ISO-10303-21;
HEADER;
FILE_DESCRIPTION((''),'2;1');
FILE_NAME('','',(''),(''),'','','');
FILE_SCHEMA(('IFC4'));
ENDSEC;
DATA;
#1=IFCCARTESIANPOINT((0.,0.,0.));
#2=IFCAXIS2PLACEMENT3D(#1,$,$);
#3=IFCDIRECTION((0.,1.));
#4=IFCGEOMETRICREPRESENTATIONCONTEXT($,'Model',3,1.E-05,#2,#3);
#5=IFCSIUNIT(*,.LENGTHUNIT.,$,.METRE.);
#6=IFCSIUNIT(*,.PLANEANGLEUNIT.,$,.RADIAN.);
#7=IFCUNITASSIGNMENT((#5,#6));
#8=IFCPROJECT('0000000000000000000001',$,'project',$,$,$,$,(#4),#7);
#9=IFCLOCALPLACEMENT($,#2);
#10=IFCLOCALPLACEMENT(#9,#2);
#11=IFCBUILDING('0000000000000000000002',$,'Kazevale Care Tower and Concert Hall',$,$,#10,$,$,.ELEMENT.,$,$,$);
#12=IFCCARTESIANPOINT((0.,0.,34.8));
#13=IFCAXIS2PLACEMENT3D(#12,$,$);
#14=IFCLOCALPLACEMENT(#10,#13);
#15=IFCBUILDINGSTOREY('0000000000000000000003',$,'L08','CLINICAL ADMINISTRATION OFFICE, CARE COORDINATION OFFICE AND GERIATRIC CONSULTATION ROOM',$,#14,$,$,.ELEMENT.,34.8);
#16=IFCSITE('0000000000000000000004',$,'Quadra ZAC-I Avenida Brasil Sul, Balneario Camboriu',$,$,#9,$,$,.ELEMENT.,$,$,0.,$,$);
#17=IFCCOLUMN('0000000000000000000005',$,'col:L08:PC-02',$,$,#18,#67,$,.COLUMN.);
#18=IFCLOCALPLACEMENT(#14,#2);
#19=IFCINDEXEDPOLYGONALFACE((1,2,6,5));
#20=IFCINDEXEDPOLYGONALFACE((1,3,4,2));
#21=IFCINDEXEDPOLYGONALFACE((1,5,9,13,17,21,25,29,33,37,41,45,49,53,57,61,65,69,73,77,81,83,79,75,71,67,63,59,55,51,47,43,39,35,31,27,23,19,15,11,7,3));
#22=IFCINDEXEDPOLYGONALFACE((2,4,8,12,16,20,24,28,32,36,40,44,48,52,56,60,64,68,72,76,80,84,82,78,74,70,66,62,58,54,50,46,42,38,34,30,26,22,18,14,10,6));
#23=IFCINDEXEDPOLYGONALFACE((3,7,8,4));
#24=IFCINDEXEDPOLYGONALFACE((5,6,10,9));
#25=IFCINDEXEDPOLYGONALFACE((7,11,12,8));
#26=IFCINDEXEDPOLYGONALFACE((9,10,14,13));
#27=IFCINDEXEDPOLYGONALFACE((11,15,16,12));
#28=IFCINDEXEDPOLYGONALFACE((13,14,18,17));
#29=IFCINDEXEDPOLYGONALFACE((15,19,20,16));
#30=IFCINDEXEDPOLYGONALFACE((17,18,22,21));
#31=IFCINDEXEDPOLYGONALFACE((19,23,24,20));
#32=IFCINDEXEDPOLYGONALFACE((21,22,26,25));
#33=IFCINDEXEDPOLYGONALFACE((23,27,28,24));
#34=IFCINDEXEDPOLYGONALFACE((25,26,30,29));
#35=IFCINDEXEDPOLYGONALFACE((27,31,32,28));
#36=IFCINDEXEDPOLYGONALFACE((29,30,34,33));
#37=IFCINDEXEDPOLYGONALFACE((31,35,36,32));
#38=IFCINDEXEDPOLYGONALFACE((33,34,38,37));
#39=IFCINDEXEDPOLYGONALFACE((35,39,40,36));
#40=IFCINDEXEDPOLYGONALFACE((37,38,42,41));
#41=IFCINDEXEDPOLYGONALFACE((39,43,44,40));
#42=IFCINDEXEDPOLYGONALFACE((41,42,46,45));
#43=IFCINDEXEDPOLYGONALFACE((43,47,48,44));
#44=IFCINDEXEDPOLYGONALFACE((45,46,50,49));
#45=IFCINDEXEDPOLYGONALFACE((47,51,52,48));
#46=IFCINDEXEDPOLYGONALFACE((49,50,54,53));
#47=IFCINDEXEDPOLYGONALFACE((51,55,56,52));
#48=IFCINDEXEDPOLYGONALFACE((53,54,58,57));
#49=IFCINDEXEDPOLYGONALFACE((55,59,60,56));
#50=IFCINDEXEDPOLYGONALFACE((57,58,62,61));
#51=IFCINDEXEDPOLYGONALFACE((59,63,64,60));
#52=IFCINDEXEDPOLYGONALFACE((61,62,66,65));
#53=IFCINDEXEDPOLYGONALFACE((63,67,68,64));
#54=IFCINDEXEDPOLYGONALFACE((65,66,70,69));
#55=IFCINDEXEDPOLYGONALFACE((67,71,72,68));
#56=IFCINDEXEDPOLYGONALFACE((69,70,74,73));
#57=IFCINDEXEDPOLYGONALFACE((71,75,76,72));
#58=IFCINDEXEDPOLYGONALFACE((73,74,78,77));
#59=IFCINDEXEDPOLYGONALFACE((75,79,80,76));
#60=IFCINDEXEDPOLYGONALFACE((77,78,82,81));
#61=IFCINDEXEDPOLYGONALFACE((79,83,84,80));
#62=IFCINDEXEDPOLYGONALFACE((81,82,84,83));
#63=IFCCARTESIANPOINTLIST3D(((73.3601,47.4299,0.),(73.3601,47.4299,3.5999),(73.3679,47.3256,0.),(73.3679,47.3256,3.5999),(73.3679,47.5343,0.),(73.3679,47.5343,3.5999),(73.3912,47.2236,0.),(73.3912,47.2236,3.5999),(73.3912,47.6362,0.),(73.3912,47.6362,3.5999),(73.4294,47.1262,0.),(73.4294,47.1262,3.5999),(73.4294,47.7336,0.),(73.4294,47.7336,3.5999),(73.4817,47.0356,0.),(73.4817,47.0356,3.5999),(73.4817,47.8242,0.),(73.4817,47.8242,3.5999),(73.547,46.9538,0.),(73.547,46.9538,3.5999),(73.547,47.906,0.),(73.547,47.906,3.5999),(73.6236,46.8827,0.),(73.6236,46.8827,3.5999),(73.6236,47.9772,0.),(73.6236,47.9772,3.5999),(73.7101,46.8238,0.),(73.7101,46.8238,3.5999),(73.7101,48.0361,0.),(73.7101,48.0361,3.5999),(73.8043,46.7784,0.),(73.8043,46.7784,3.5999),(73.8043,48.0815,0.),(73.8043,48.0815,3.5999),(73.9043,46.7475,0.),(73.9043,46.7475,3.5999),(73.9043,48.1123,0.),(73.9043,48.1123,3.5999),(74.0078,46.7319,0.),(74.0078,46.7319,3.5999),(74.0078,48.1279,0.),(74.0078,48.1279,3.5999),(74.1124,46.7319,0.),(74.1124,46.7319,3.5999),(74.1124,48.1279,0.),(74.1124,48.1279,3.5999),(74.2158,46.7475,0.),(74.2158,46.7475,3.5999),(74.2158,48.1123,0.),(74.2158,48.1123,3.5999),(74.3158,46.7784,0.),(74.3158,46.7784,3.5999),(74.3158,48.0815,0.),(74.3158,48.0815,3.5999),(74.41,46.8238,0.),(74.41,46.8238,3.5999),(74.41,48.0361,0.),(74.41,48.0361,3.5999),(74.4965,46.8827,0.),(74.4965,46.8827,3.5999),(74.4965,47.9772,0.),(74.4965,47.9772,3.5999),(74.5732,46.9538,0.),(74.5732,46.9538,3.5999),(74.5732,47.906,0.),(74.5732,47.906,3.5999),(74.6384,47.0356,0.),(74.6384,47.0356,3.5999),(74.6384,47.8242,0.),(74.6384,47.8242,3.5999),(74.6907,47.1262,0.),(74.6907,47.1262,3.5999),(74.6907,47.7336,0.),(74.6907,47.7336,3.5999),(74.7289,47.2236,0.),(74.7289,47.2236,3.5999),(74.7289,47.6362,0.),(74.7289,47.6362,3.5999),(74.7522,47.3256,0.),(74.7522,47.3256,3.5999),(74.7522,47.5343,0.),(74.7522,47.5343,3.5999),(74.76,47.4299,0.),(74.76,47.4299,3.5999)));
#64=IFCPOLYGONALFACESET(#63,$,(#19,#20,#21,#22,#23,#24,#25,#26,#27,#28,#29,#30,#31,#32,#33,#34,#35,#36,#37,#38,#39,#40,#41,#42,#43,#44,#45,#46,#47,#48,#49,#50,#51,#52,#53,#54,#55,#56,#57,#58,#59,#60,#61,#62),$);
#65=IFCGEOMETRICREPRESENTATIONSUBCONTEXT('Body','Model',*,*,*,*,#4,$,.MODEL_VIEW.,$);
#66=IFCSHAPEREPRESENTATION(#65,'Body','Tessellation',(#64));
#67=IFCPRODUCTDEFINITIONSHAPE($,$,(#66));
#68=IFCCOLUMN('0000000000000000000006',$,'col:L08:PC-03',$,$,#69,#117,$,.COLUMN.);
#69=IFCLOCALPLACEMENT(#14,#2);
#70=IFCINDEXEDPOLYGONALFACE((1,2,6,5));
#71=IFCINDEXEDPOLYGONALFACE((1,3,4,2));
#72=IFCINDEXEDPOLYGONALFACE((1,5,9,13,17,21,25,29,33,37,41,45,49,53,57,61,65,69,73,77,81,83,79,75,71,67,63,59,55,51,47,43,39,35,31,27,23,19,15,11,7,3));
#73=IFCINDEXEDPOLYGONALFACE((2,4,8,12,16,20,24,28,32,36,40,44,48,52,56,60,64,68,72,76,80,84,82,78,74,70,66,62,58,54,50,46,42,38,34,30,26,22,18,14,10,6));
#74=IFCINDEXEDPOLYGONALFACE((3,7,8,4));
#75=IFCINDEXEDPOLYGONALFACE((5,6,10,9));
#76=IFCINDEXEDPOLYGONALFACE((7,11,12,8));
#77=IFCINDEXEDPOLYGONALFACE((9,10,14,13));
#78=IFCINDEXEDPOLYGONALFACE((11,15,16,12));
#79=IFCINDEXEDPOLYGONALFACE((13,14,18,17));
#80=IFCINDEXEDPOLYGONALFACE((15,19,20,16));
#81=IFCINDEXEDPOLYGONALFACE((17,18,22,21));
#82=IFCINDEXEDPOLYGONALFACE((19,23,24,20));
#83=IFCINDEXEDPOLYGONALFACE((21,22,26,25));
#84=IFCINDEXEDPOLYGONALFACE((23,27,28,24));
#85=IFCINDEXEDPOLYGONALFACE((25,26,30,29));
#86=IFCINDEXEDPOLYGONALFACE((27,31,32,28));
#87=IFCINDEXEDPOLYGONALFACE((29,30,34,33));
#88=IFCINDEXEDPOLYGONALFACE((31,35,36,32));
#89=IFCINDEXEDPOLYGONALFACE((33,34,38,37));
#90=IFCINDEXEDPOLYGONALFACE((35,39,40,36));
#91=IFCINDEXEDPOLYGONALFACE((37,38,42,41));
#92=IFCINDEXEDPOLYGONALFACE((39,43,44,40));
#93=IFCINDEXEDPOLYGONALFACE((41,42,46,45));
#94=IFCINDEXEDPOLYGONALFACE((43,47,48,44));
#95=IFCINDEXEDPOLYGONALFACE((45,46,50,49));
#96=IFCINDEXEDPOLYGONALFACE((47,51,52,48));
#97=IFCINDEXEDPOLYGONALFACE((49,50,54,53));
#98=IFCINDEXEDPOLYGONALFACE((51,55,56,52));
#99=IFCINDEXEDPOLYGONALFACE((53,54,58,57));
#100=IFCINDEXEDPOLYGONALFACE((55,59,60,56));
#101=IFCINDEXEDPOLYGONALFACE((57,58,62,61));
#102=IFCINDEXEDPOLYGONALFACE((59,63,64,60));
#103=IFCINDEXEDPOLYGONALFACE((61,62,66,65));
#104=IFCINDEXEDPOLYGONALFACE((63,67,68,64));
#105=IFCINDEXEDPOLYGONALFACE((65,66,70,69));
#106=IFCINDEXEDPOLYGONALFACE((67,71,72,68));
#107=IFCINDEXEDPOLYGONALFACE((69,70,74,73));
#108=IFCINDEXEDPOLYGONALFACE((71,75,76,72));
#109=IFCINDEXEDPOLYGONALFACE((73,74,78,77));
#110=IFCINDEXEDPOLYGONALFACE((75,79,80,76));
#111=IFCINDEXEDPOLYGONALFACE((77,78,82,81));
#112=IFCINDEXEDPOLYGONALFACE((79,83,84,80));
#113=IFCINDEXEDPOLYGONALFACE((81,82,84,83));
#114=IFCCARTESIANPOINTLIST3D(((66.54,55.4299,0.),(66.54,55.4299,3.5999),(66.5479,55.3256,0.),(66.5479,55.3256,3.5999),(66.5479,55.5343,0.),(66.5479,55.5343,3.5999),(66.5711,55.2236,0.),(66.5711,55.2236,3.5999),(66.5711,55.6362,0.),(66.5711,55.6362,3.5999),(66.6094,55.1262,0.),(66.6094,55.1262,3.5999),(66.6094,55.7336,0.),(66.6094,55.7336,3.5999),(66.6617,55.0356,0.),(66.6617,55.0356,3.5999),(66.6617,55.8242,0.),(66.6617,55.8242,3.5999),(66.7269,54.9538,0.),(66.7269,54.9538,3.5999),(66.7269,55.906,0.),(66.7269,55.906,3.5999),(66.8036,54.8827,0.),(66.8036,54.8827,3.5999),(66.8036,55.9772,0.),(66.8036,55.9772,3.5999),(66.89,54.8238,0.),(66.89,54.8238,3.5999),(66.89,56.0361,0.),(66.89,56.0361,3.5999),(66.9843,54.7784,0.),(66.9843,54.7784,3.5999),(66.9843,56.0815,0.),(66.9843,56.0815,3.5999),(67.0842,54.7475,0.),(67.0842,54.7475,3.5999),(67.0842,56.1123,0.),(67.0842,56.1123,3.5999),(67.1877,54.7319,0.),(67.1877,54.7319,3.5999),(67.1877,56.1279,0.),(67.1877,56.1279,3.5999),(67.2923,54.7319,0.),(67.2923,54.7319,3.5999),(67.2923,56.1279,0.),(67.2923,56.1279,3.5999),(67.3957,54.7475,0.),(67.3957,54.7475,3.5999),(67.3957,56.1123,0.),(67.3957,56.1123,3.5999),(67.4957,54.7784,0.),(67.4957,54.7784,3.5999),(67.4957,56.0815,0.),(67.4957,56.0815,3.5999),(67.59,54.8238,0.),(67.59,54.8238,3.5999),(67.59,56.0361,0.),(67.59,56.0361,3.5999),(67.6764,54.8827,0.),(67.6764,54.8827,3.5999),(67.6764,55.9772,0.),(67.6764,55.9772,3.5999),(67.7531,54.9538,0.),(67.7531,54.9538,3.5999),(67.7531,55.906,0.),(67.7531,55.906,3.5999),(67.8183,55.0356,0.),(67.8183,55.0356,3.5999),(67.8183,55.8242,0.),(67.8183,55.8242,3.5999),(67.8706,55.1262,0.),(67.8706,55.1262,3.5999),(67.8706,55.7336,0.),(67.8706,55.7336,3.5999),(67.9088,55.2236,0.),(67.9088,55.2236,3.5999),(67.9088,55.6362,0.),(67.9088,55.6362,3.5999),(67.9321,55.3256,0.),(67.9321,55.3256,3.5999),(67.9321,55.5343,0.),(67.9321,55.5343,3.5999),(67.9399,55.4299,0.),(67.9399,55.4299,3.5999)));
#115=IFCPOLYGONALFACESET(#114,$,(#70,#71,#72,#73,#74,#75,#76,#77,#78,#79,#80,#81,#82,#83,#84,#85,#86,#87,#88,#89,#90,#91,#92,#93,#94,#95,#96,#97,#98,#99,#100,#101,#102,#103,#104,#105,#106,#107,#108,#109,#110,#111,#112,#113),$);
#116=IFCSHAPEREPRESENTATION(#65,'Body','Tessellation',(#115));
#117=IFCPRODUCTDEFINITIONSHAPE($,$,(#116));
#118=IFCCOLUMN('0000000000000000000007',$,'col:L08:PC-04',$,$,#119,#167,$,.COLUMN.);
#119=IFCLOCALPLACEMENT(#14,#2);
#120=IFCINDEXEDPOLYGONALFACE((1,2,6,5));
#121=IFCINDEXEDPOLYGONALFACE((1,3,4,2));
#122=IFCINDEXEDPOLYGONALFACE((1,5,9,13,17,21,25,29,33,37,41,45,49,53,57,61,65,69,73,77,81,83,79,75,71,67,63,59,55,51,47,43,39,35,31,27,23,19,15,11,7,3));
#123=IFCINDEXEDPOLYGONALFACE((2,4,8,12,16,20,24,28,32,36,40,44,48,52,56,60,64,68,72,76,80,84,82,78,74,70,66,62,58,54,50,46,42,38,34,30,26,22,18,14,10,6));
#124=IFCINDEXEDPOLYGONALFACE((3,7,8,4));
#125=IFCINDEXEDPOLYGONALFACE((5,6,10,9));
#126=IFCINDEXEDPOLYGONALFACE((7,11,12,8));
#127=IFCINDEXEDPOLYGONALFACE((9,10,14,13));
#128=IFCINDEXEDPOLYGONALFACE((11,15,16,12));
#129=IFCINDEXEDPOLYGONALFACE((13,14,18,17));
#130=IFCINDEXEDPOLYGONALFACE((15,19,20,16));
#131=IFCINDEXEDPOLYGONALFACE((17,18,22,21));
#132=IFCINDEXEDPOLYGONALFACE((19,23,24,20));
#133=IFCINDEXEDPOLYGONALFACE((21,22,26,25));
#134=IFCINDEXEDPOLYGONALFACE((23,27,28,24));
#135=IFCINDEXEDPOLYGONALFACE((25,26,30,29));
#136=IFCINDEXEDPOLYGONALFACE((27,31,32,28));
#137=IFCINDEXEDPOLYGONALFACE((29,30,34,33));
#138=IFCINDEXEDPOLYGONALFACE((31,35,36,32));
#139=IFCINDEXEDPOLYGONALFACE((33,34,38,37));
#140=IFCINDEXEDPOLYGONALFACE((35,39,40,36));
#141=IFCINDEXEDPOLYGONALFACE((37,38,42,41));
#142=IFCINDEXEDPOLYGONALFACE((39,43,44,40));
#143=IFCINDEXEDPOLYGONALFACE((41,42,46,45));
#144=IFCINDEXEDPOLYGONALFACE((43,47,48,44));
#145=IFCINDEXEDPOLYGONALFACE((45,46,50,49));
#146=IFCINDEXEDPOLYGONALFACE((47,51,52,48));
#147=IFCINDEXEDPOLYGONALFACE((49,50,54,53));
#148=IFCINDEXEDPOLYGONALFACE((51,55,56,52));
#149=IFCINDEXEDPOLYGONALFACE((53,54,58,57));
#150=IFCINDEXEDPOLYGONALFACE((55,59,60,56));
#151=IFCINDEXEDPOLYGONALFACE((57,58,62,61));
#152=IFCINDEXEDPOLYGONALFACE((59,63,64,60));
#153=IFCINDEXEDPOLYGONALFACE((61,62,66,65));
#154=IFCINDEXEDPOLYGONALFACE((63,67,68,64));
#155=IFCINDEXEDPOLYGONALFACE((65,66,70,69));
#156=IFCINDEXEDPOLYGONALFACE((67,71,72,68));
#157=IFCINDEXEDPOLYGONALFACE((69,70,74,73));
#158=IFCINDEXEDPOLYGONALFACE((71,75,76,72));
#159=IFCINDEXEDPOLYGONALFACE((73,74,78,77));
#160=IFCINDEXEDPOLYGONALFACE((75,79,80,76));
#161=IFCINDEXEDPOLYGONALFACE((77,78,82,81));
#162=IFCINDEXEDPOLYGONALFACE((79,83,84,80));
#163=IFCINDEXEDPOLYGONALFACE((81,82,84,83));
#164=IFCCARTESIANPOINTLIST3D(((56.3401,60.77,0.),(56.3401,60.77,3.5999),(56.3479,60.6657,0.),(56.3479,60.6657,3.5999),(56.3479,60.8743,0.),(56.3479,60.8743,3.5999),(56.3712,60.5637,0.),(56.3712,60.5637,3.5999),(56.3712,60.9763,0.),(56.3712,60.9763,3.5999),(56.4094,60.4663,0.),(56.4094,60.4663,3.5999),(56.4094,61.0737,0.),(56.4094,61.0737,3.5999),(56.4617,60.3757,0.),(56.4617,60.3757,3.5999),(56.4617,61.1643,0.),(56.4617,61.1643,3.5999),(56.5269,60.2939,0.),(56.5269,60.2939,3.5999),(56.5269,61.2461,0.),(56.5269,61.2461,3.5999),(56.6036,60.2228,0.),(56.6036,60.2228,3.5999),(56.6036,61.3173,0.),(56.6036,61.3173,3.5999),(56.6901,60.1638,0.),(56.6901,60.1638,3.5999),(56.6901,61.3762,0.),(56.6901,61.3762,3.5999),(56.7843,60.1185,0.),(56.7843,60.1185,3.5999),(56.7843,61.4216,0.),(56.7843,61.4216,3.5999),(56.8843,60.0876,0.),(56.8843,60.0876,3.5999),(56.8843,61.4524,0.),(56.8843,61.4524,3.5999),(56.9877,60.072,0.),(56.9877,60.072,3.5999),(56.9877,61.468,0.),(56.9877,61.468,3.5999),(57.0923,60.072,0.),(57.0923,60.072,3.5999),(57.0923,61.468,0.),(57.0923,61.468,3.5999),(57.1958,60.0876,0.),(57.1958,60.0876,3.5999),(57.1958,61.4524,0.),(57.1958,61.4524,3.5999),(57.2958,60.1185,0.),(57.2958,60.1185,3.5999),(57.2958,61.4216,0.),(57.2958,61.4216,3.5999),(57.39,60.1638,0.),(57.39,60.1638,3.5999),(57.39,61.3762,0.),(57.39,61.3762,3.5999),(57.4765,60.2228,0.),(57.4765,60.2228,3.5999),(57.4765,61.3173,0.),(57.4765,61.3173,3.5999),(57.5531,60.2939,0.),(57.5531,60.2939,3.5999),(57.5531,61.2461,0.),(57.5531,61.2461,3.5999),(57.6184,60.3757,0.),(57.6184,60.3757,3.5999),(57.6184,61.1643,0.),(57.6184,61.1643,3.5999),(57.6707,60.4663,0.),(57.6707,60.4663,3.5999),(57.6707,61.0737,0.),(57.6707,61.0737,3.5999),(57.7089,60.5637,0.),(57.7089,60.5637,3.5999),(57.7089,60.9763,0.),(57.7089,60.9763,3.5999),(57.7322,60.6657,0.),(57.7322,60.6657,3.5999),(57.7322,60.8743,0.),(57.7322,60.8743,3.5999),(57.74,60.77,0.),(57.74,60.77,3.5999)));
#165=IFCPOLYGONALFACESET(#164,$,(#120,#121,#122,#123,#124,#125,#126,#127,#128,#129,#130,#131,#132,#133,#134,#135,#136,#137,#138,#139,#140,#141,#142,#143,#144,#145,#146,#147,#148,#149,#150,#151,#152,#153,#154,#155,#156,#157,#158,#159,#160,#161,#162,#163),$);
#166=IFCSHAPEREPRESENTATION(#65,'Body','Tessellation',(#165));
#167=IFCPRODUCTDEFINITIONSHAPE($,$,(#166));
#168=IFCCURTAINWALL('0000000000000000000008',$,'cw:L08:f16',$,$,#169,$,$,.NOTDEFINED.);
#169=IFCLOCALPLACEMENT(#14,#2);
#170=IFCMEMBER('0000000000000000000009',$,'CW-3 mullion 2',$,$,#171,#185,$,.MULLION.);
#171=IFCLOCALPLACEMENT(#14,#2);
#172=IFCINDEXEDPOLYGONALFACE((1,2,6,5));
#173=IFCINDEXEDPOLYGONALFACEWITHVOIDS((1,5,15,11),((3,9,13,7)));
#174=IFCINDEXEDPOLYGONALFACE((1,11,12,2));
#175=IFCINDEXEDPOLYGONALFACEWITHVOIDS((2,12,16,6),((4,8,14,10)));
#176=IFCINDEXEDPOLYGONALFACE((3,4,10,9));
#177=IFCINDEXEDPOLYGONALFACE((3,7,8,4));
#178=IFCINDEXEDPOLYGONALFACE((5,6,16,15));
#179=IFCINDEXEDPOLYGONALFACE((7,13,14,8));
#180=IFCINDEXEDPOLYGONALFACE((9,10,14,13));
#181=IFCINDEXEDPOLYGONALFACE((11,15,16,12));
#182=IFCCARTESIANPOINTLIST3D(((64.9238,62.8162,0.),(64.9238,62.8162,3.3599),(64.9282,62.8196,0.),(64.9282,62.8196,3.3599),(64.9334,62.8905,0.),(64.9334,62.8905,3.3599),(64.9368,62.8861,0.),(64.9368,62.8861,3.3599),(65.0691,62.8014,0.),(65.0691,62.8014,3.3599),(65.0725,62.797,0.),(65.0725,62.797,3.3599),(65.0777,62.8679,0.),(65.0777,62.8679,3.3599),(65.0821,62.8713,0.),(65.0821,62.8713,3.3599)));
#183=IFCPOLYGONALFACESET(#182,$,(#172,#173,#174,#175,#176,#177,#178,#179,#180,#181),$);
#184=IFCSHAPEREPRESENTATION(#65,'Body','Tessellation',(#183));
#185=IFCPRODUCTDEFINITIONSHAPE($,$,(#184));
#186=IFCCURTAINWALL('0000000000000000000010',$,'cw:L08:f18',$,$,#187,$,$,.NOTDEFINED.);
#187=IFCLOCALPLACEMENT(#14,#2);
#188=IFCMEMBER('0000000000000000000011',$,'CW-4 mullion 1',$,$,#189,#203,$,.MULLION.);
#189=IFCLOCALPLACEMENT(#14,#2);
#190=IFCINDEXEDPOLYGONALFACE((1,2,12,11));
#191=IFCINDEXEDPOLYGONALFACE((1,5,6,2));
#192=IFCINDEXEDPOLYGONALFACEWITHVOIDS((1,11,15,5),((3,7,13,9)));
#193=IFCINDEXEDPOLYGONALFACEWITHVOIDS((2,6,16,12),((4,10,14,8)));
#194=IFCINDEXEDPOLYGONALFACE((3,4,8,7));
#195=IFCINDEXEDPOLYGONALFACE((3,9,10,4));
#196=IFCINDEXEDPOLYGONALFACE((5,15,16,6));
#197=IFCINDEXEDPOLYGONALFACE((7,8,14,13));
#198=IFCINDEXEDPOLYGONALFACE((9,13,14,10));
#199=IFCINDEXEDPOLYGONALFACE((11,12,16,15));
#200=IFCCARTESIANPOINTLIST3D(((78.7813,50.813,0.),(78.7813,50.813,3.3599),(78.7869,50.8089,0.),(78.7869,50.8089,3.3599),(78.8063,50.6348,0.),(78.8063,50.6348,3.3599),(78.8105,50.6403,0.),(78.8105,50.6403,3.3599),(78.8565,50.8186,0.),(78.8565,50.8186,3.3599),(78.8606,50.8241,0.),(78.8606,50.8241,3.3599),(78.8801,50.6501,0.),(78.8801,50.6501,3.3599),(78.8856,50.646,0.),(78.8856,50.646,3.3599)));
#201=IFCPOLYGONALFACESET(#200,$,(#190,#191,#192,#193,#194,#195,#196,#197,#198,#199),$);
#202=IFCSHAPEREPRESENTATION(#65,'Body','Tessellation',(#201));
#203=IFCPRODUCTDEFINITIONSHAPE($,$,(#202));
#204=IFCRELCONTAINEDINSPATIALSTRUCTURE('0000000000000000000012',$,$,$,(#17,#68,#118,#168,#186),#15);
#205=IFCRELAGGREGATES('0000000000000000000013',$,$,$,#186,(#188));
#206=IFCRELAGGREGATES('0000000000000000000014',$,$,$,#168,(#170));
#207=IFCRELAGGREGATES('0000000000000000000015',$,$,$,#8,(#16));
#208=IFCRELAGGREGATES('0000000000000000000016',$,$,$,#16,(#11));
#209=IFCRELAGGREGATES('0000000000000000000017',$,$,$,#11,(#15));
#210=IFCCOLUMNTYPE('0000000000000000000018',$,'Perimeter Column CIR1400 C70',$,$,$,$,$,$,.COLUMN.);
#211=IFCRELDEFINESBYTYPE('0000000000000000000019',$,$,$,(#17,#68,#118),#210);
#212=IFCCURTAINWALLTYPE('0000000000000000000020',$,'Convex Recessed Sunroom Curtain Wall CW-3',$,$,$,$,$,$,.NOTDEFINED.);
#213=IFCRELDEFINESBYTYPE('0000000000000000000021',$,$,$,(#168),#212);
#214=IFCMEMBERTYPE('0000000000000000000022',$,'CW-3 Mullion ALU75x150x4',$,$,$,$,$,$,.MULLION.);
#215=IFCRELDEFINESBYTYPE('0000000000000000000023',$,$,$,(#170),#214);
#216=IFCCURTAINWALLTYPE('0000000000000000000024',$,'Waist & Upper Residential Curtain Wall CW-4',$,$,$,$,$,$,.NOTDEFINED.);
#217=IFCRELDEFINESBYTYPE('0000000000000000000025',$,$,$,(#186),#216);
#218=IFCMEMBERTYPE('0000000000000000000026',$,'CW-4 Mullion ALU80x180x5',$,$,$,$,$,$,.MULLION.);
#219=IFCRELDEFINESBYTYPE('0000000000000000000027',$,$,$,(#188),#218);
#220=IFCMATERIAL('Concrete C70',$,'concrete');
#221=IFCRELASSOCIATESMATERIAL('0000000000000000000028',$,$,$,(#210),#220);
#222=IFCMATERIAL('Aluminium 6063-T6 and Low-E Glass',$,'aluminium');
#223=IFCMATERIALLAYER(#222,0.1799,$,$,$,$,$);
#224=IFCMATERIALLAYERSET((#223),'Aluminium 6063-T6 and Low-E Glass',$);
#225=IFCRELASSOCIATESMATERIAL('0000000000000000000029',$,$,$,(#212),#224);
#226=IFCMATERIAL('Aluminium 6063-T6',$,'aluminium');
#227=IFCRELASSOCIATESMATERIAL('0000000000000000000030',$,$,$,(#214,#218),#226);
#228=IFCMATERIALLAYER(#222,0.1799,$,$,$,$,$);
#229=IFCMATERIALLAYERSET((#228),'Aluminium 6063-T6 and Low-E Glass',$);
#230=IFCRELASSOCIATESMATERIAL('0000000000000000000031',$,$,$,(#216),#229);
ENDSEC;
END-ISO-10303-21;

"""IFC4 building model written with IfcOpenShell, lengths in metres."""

from ifc_helpers import new_model, si_unit, direction, frame, origin, origin_2d, place, context, subcontext, project, spatial, hollow_rectangle, circle, extrude, material, layer, layer_set, material_profile, profile_set, type_object, element, aggregate, save


model = new_model("IFC4")

# Units and contexts
model_context = context("Model", 3, precision=1e-05, world=origin(), true_north=direction((0.0, 1.0)))
body_context = subcontext(model_context, "Body", "Model", "MODEL_VIEW")
ifc_project = project(units=[si_unit("LENGTHUNIT", "METRE"), si_unit("PLANEANGLEUNIT", "RADIAN")], contexts=[model_context])

# Site, building, storey
site_placement = place(None, origin())
site = spatial("IfcSite", under=ifc_project, at=site_placement, Name="Quadra ZAC-I Avenida Brasil Sul, Balneario Camboriu", CompositionType="ELEMENT", RefElevation=0.0)
building_placement = place(site_placement, origin())
building = spatial("IfcBuilding", under=site, at=building_placement, Name="Kazevale Care Tower and Concert Hall", CompositionType="ELEMENT")
storey_placement = place(building_placement, frame((0.0, 0.0, 34.8)))
storey = spatial("IfcBuildingStorey", under=building, at=storey_placement, Name="L08", Description="CLINICAL ADMINISTRATION OFFICE, CARE COORDINATION OFFICE AND GERIATRIC CONSULTATION ROOM", CompositionType="ELEMENT", Elevation=34.8)

# Columns
ifc_material_1 = material(Name="Concrete C70", Category="concrete")
ifc_material_profile_1 = material_profile(ifc_material_1, circle(Radius=0.7, at=origin_2d()), Name="RC-CIR1400")
ifc_profile_set_1 = profile_set([ifc_material_profile_1], Name="Concrete C70")
column_type = type_object("IfcColumnType", Name="Perimeter Column CIR1400 C70", PredefinedType="COLUMN", material=ifc_profile_set_1)
for number, where, z_axis, x_axis, name in (
    (1, (74.0601, 47.4299, 0.0), (0.0, 0.0, 1.0), (1.0, 0.0, 0.0), "col:L08:PC-02"),
    (2, (67.24, 55.4299, 0.0), (0.0, 0.0, 1.0), (1.0, 0.0, 0.0), "col:L08:PC-03"),
    (3, (57.04, 60.77, 0.0), (0.0, 0.0, 1.0), (1.0, 0.0, 0.0), "col:L08:PC-04"),
):
    element("IfcColumn", number, at=place(storey_placement, frame(where, z_axis=z_axis, x_axis=x_axis)), inside=storey, type_object=column_type, Name=name, PredefinedType="COLUMN", context=body_context, shape_type="SweptSolid", body=[
        extrude(circle(Radius=0.7, at=origin_2d()), origin(), (0.0, 0.0, 1.0), 3.5999),
    ])

# Curtain wall, member
ifc_material_2 = material(Name="Aluminium 6063-T6 and Low-E Glass", Category="aluminium")
ifc_layer_1 = layer(ifc_material_2, 0.1799)
ifc_layer_set_1 = layer_set([ifc_layer_1], Name="Aluminium 6063-T6 and Low-E Glass")
curtain_wall_type_1 = type_object("IfcCurtainWallType", Name="Convex Recessed Sunroom Curtain Wall CW-3", PredefinedType="NOTDEFINED", material=ifc_layer_set_1)
curtain_wall_1_placement = place(storey_placement, origin())
curtain_wall_1 = element("IfcCurtainWall", 4, at=curtain_wall_1_placement, inside=storey, type_object=curtain_wall_type_1, Name="cw:L08:f16", PredefinedType="NOTDEFINED")
ifc_material_3 = material(Name="Aluminium 6063-T6", Category="aluminium")
ifc_material_profile_2 = material_profile(ifc_material_3, hollow_rectangle(XDim=0.075, YDim=0.1499, WallThickness=0.0039, at=origin_2d()), Name="ALU75x150x4")
ifc_profile_set_2 = profile_set([ifc_material_profile_2], Name="Aluminium 6063-T6")
member_type_1 = type_object("IfcMemberType", Name="CW-3 Mullion ALU75x150x4", PredefinedType="MULLION", material=ifc_profile_set_2)
member_1_placement = place(storey_placement, frame((65.0029, 62.8438, 0.0), z_axis=(0.0, 0.0, 1.0), x_axis=(0.128086, 0.991763, 0.0)))
member_1 = element("IfcMember", 5, at=member_1_placement, type_object=member_type_1, Name="CW-3 mullion 2", PredefinedType="MULLION", context=body_context, shape_type="SweptSolid", body=[
    extrude(hollow_rectangle(XDim=0.075, YDim=0.1499, WallThickness=0.0039, at=origin_2d()), origin(), (0.0, 0.0, 1.0), 3.3599),
])

# Curtain wall, member
ifc_layer_2 = layer(ifc_material_2, 0.1799)
ifc_layer_set_2 = layer_set([ifc_layer_2], Name="Aluminium 6063-T6 and Low-E Glass")
curtain_wall_type_2 = type_object("IfcCurtainWallType", Name="Waist & Upper Residential Curtain Wall CW-4", PredefinedType="NOTDEFINED", material=ifc_layer_set_2)
curtain_wall_2_placement = place(storey_placement, origin())
curtain_wall_2 = element("IfcCurtainWall", 6, at=curtain_wall_2_placement, inside=storey, type_object=curtain_wall_type_2, Name="cw:L08:f18", PredefinedType="NOTDEFINED")
ifc_material_profile_3 = material_profile(ifc_material_3, hollow_rectangle(XDim=0.0801, YDim=0.1799, WallThickness=0.0049, at=origin_2d()), Name="ALU80x180x5")
ifc_profile_set_3 = profile_set([ifc_material_profile_3], Name="Aluminium 6063-T6")
member_type_2 = type_object("IfcMemberType", Name="CW-4 Mullion ALU80x180x5", PredefinedType="MULLION", material=ifc_profile_set_3)
member_2_placement = place(storey_placement, frame((78.8335, 50.7295, 0.0), z_axis=(0.0, 0.0, 1.0), x_axis=(0.990295, 0.138978, 0.0)))
member_2 = element("IfcMember", 7, at=member_2_placement, type_object=member_type_2, Name="CW-4 mullion 1", PredefinedType="MULLION", context=body_context, shape_type="SweptSolid", body=[
    extrude(hollow_rectangle(XDim=0.0801, YDim=0.1799, WallThickness=0.0049, at=origin_2d()), origin(), (0.0, 0.0, 1.0), 3.3599),
])
aggregate(curtain_wall_2, [member_2])

aggregate(curtain_wall_1, [member_1])

save(model, "model.ifc")
